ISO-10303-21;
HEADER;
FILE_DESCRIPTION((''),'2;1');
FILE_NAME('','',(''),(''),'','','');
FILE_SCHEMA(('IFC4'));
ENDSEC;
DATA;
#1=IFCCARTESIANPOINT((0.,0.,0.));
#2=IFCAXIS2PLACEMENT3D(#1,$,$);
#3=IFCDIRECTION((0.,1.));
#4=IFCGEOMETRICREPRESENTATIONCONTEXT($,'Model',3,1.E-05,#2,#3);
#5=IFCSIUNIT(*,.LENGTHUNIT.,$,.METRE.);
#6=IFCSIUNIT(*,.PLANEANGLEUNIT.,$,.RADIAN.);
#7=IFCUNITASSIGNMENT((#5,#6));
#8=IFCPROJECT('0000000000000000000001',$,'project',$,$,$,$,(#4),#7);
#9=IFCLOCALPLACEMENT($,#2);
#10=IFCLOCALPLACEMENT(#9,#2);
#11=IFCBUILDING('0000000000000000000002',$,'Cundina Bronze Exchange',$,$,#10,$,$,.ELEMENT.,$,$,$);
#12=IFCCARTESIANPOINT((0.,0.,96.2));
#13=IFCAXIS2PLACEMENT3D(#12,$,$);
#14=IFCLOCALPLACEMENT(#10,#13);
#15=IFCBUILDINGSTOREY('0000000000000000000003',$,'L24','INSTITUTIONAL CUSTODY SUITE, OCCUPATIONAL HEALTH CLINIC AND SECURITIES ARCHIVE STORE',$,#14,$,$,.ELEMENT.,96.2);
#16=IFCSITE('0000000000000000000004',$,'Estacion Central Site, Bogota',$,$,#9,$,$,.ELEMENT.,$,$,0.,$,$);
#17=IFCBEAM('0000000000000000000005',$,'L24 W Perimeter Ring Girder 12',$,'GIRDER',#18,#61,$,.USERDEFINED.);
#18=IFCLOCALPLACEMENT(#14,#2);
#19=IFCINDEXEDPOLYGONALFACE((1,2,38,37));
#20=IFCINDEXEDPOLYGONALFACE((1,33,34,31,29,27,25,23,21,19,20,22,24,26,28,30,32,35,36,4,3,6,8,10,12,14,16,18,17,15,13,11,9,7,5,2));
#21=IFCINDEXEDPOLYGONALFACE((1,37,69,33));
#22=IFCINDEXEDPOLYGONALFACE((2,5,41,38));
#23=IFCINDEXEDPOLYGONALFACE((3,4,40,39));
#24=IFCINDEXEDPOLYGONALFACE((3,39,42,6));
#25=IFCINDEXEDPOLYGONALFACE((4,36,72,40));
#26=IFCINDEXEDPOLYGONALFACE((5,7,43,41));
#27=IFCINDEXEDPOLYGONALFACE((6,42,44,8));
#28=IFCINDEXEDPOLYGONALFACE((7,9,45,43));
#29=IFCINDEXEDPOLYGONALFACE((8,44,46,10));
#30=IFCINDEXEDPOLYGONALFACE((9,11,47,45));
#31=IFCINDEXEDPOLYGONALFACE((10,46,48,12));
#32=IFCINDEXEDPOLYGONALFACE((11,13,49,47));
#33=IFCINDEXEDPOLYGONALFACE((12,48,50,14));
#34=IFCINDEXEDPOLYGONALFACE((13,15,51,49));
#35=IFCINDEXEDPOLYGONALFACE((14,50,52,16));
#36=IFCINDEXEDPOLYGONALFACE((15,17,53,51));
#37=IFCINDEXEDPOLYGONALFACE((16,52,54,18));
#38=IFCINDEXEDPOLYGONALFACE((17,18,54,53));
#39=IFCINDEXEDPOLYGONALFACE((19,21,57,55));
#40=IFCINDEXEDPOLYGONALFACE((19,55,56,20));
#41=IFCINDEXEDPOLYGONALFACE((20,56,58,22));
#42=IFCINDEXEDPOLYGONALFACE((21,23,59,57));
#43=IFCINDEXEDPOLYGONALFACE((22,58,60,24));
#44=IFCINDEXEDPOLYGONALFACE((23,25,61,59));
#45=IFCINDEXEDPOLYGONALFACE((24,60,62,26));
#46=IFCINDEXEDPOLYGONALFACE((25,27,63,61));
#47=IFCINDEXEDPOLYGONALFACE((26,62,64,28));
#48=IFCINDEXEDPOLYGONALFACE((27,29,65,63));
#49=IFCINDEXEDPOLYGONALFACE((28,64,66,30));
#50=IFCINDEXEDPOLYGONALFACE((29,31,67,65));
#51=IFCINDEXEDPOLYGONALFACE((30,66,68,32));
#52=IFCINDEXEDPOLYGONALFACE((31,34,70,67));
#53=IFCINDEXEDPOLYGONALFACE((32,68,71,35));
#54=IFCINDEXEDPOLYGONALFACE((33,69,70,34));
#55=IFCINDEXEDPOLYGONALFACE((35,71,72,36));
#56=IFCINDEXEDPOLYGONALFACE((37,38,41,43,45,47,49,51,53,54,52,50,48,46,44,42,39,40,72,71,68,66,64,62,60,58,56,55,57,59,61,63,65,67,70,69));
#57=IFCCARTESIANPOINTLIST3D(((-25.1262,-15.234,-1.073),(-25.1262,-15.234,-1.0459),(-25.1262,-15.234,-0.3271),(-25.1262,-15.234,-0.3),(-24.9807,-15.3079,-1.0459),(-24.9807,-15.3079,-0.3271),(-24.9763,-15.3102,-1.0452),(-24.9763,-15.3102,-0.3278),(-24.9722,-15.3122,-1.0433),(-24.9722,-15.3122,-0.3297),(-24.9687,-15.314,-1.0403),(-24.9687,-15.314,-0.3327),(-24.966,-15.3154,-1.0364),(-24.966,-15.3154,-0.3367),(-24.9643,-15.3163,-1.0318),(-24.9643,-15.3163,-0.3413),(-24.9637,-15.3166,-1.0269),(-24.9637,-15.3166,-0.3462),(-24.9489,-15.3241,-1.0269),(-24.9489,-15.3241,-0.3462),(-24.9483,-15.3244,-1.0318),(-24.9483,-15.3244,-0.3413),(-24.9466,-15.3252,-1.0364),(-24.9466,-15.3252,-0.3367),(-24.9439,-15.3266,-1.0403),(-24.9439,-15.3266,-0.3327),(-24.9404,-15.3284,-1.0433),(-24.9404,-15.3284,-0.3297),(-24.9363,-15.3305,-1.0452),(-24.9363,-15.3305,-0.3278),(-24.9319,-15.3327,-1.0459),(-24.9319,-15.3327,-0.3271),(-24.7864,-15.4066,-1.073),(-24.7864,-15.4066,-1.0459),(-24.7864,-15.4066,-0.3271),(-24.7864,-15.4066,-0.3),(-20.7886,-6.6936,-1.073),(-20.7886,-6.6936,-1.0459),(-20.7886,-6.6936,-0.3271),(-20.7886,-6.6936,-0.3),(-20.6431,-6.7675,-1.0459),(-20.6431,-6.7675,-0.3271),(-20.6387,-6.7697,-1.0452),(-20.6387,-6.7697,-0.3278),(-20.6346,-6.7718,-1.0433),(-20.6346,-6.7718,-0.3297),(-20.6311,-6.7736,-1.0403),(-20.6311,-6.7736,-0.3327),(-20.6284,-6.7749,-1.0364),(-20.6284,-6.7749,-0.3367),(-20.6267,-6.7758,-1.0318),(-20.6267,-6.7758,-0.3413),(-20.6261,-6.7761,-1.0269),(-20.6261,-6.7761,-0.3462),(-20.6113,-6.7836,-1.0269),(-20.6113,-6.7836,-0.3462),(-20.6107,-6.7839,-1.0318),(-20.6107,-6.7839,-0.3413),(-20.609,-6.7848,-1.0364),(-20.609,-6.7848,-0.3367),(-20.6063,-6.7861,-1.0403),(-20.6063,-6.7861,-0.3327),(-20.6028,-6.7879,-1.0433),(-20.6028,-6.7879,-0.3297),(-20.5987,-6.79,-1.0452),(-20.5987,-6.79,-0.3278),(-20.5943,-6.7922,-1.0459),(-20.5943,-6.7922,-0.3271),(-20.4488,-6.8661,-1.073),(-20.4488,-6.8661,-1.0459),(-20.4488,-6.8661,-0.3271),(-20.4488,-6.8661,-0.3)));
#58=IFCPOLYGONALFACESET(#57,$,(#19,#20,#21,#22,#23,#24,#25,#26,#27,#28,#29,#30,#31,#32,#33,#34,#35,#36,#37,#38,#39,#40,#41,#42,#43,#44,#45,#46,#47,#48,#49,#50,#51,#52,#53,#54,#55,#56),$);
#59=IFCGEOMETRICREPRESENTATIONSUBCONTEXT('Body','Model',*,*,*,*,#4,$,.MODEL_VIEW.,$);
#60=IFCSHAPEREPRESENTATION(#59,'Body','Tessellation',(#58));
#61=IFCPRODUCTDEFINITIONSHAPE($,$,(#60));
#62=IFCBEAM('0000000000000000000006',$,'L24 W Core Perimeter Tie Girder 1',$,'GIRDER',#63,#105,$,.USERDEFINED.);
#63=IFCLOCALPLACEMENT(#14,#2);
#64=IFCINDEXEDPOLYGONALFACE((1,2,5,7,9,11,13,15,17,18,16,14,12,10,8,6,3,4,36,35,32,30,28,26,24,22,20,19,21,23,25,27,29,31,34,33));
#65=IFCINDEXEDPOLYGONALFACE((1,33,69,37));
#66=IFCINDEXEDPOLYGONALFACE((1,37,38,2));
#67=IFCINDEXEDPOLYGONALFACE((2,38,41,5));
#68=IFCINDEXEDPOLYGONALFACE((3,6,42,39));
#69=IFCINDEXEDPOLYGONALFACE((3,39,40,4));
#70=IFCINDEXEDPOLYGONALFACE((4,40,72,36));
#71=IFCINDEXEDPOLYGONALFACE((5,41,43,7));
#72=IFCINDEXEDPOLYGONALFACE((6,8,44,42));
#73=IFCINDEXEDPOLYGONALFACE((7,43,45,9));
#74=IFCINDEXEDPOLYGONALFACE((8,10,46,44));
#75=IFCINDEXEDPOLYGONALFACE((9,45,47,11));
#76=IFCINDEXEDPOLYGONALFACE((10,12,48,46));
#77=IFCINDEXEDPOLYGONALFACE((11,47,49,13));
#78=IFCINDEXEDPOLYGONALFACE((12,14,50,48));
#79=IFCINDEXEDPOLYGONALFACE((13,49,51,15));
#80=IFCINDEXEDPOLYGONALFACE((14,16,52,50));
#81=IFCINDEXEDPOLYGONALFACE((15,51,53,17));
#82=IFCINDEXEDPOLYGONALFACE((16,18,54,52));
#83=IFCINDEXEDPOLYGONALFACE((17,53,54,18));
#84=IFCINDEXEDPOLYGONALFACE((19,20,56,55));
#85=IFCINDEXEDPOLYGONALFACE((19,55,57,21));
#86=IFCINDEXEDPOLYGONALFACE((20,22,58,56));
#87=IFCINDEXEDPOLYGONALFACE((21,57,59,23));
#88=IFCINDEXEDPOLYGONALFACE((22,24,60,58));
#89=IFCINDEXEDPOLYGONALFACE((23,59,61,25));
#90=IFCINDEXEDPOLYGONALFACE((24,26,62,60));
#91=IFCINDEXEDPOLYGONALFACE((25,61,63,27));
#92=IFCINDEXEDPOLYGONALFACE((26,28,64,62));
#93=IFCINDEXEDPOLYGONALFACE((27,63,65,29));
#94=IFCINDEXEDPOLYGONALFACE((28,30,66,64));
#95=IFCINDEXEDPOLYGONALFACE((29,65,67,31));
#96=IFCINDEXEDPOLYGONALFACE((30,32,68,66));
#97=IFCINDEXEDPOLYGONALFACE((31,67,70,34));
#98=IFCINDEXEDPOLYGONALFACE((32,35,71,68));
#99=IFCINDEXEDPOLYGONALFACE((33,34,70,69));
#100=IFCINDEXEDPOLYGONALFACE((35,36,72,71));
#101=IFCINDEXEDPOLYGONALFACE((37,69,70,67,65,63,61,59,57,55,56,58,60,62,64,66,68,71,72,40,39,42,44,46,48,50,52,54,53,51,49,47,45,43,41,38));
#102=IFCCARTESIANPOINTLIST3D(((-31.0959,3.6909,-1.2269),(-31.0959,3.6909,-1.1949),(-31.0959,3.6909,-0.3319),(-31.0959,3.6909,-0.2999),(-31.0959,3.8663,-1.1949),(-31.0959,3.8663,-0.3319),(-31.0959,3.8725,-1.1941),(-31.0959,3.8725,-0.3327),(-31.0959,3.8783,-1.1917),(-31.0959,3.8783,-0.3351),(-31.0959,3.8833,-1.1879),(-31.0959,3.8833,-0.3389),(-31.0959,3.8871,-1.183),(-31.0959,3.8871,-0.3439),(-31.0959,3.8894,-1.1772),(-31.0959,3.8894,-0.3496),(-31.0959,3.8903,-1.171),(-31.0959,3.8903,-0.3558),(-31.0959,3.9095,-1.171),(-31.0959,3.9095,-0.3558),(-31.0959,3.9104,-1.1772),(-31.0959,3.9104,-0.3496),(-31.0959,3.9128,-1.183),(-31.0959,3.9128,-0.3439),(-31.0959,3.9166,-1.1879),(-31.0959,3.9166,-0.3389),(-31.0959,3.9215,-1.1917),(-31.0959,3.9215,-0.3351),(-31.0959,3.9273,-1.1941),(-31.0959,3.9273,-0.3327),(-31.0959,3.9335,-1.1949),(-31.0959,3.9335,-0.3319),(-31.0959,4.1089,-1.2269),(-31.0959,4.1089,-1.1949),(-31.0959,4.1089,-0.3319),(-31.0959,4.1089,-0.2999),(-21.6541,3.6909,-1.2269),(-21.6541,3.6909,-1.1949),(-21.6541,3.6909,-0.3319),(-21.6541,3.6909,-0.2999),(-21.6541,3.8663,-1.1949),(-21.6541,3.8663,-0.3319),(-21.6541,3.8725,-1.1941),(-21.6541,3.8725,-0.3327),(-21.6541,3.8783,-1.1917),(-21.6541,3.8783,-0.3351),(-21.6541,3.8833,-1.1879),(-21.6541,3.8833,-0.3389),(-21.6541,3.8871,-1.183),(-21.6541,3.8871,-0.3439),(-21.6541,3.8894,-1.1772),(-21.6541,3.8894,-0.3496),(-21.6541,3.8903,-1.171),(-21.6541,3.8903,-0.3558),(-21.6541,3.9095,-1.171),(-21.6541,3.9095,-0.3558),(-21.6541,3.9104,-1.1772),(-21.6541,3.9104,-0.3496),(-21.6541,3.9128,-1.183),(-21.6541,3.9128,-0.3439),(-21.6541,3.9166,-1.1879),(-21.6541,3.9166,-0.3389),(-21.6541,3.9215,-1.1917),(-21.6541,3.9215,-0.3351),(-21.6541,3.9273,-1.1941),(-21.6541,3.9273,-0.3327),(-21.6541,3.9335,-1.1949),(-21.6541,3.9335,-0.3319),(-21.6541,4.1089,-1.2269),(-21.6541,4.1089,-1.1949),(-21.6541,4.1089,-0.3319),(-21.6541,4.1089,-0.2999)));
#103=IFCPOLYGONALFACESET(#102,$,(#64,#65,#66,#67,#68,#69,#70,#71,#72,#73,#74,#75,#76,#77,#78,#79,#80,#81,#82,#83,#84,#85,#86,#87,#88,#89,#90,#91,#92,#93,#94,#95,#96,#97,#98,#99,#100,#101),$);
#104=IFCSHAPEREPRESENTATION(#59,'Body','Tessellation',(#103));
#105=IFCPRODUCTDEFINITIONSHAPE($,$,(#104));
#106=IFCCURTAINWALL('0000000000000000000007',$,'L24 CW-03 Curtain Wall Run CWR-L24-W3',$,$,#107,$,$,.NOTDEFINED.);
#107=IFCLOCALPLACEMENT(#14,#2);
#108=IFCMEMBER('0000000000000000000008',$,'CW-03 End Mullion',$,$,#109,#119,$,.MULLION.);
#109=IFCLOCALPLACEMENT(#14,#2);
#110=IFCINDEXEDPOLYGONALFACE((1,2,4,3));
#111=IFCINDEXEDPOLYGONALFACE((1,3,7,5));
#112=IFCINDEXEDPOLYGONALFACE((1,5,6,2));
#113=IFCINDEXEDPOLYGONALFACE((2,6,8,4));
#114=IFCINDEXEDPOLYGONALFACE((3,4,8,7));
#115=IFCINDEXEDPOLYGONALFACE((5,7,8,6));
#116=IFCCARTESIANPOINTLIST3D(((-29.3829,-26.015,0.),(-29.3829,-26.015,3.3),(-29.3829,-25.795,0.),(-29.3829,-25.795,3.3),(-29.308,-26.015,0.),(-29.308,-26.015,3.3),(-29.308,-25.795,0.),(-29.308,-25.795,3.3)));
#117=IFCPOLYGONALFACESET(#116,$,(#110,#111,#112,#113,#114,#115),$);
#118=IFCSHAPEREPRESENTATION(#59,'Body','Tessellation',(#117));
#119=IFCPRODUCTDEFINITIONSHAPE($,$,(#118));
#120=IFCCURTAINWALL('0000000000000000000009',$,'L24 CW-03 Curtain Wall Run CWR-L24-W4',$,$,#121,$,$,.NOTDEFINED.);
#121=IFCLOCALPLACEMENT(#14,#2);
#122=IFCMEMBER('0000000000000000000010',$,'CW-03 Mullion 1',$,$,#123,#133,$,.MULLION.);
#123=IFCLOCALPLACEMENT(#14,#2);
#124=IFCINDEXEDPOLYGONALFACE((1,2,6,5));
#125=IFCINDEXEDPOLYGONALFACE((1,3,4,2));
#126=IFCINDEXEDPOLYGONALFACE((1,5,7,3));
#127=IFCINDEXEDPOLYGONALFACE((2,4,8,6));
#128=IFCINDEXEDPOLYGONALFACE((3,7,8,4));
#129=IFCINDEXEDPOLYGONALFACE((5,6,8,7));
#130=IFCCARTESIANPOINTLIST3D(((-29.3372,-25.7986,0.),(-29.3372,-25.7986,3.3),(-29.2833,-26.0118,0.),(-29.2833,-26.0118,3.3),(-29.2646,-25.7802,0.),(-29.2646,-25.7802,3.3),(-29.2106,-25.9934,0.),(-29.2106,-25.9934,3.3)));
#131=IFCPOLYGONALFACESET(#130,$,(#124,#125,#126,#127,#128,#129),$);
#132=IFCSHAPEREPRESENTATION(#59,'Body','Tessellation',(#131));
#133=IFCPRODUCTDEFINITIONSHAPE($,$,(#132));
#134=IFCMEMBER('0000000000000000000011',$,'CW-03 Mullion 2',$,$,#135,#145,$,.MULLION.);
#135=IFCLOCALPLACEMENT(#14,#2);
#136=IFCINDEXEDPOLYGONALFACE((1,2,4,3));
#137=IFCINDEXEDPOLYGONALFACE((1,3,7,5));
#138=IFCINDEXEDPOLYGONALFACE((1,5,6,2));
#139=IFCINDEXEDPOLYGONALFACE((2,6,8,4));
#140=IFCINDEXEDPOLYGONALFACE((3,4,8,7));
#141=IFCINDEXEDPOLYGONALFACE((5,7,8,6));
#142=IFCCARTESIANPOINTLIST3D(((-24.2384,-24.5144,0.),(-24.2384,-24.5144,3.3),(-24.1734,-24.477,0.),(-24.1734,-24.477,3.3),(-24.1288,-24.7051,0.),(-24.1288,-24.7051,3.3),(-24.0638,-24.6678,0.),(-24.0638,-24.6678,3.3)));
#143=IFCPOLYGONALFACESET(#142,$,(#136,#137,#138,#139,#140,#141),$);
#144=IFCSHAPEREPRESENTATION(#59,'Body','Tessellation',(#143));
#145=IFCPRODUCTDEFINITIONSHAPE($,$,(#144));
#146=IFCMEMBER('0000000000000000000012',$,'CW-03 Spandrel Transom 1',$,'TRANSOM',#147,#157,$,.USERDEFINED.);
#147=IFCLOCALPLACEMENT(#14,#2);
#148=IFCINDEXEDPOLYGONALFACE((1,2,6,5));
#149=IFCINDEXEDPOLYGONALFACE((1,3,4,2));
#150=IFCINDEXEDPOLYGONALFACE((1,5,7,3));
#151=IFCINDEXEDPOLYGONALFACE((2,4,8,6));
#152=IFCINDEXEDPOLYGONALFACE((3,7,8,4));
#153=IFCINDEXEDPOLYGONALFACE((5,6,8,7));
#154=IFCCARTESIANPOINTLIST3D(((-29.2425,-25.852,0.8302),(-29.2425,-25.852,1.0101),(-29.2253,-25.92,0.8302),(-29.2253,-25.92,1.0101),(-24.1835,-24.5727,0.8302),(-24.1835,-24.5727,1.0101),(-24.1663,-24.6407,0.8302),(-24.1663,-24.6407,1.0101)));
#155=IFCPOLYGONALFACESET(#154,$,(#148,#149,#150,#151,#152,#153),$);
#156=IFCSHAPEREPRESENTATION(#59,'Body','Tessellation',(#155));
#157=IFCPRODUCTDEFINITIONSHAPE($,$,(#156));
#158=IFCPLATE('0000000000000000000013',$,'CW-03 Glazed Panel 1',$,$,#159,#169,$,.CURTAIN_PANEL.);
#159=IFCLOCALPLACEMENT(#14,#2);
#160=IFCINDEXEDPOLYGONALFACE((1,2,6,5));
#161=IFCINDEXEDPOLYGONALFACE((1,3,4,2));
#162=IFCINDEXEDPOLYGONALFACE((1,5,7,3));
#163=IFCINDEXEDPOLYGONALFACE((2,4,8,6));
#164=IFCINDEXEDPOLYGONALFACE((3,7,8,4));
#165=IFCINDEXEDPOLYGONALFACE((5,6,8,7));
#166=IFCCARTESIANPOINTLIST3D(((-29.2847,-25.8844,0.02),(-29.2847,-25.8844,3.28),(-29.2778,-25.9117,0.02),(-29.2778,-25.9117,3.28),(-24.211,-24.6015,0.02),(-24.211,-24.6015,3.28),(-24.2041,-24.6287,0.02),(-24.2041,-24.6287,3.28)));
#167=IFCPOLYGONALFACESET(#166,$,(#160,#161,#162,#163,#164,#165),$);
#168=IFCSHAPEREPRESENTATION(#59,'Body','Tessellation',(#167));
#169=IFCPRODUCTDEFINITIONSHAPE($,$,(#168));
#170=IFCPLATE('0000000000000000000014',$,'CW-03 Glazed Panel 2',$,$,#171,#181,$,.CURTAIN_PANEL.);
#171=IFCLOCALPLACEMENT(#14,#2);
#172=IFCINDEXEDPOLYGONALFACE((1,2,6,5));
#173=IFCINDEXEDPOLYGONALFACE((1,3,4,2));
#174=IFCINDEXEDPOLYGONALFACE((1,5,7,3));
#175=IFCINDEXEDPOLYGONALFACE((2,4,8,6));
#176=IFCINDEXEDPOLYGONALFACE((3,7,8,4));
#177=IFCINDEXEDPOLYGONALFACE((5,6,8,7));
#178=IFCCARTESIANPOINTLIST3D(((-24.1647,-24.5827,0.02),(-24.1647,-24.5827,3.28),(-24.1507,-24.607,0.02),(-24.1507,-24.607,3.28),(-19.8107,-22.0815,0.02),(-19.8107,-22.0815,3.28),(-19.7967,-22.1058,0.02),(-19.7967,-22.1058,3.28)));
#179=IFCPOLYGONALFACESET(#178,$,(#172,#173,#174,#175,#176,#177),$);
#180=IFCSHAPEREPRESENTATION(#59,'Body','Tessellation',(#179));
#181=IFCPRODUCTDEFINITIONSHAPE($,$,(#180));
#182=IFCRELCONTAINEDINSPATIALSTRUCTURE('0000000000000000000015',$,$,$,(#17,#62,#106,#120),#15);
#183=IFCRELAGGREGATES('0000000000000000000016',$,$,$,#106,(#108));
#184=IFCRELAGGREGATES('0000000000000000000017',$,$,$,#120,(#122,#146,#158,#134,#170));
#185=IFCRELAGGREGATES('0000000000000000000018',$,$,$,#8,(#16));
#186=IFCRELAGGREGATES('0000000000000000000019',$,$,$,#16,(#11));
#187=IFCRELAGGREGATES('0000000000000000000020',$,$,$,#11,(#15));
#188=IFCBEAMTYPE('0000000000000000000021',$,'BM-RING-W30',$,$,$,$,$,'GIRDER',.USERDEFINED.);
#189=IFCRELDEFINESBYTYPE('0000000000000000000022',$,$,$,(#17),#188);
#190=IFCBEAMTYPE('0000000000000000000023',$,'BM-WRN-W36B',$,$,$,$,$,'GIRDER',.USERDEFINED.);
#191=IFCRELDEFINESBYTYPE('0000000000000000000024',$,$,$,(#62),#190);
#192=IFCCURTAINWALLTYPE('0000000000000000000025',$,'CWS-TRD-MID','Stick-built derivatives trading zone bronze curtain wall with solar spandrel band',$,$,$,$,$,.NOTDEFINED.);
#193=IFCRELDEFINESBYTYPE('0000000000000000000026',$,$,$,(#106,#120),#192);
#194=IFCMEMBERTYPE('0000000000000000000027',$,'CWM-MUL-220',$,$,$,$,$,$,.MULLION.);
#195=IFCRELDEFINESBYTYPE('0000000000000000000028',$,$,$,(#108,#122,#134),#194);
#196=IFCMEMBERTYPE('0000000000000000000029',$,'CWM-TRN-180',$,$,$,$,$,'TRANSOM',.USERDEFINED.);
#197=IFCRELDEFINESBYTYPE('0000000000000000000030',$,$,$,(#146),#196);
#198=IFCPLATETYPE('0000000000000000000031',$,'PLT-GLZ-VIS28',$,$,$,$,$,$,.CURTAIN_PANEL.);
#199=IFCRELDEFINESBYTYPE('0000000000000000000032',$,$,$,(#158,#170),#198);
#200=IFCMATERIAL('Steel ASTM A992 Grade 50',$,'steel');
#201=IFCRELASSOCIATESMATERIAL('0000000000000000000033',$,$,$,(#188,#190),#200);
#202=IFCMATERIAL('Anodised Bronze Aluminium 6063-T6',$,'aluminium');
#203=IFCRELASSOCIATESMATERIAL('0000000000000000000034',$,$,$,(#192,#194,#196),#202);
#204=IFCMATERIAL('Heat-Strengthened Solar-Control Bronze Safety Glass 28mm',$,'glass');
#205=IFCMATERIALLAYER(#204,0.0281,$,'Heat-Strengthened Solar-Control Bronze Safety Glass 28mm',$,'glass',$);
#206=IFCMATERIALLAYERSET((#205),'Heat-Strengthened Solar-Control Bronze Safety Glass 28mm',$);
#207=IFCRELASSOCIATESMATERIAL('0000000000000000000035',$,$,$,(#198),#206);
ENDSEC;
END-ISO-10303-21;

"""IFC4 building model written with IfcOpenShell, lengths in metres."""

from ifc_helpers import new_model, si_unit, direction, frame, origin, origin_2d, place, context, subcontext, project, spatial, rectangle, i_section, extrude, material, layer, layer_set, material_profile, profile_set, type_object, element, aggregate, save


model = new_model("IFC4")

# Units and contexts
model_context = context("Model", 3, precision=1e-05, world=origin(), true_north=direction((0.0, 1.0)))
body_context = subcontext(model_context, "Body", "Model", "MODEL_VIEW")
ifc_project = project(units=[si_unit("LENGTHUNIT", "METRE"), si_unit("PLANEANGLEUNIT", "RADIAN")], contexts=[model_context])

# Site, building, storey
site_placement = place(None, origin())
site = spatial("IfcSite", under=ifc_project, at=site_placement, Name="Estacion Central Site, Bogota", CompositionType="ELEMENT", RefElevation=0.0)
building_placement = place(site_placement, origin())
building = spatial("IfcBuilding", under=site, at=building_placement, Name="Cundina Bronze Exchange", CompositionType="ELEMENT")
storey_placement = place(building_placement, frame((0.0, 0.0, 96.2)))
storey = spatial("IfcBuildingStorey", under=building, at=storey_placement, Name="L24", Description="INSTITUTIONAL CUSTODY SUITE, OCCUPATIONAL HEALTH CLINIC AND SECURITIES ARCHIVE STORE", CompositionType="ELEMENT", Elevation=96.2)

# Shared definitions
ifc_material_1 = material(Name="Steel ASTM A992 Grade 50", Category="steel")

# Beams
ifc_material_profile_1 = material_profile(ifc_material_1, i_section(OverallWidth=0.3811, OverallDepth=0.7729, WebThickness=0.0166, FlangeThickness=0.0271, FilletRadius=0.019, at=origin_2d()), Name="W30X173", Category="steel")
ifc_profile_set_1 = profile_set([ifc_material_profile_1], Name="Steel ASTM A992 Grade 50")
beam_type_1 = type_object("IfcBeamType", Name="BM-RING-W30", ElementType="GIRDER", PredefinedType="USERDEFINED", material=ifc_profile_set_1)
beam_1_placement = place(storey_placement, frame((-24.9563, -15.3203, -0.6865), z_axis=(0.452832, 0.891596, 0.0), x_axis=(-0.891596, 0.452832, 0.0)))
element("IfcBeam", 1, at=beam_1_placement, inside=storey, type_object=beam_type_1, Name="L24 W Perimeter Ring Girder 12", ObjectType="GIRDER", PredefinedType="USERDEFINED", context=body_context, shape_type="SweptSolid", body=[
    extrude(i_section(OverallWidth=0.3811, OverallDepth=0.7729, WebThickness=0.0166, FlangeThickness=0.0271, FilletRadius=0.019, at=origin_2d()), origin(), (0.0, 0.0, 1.0), 9.5789),
])
ifc_material_profile_2 = material_profile(ifc_material_1, i_section(OverallWidth=0.418, OverallDepth=0.927, WebThickness=0.0193, FlangeThickness=0.032, FilletRadius=0.0239, at=origin_2d()), Name="W36X231", Category="steel")
ifc_profile_set_2 = profile_set([ifc_material_profile_2], Name="Steel ASTM A992 Grade 50")
beam_type_2 = type_object("IfcBeamType", Name="BM-WRN-W36B", ElementType="GIRDER", PredefinedType="USERDEFINED", material=ifc_profile_set_2)
beam_2_placement = place(storey_placement, frame((-31.0959, 3.8999, -0.7634), z_axis=(1.0, 0.0, 0.0), x_axis=(0.0, 1.0, 0.0)))
element("IfcBeam", 2, at=beam_2_placement, inside=storey, type_object=beam_type_2, Name="L24 W Core Perimeter Tie Girder 1", ObjectType="GIRDER", PredefinedType="USERDEFINED", context=body_context, shape_type="SweptSolid", body=[
    extrude(i_section(OverallWidth=0.418, OverallDepth=0.927, WebThickness=0.0193, FlangeThickness=0.032, FilletRadius=0.0239, at=origin_2d()), origin(), (0.0, 0.0, 1.0), 9.4419),
])

# Curtain wall, member
ifc_material_2 = material(Name="Anodised Bronze Aluminium 6063-T6", Category="aluminium")
curtain_wall_type = type_object("IfcCurtainWallType", Name="CWS-TRD-MID", Description="Stick-built derivatives trading zone bronze curtain wall with solar spandrel band", PredefinedType="NOTDEFINED", material=ifc_material_2)
curtain_wall_1_placement = place(storey_placement, origin())
curtain_wall_1 = element("IfcCurtainWall", 3, at=curtain_wall_1_placement, inside=storey, type_object=curtain_wall_type, Name="L24 CW-03 Curtain Wall Run CWR-L24-W3", PredefinedType="NOTDEFINED")
ifc_material_profile_3 = material_profile(ifc_material_2, rectangle(XDim=0.075, YDim=0.22, at=origin_2d()), Name="AL75X220", Category="aluminium")
ifc_profile_set_3 = profile_set([ifc_material_profile_3], Name="Anodised Bronze Aluminium 6063-T6")
member_type_1 = type_object("IfcMemberType", Name="CWM-MUL-220", PredefinedType="MULLION", material=ifc_profile_set_3)
member_1_placement = place(storey_placement, frame((-29.3455, -25.905, 0.0), z_axis=(0.0, 0.0, 1.0), x_axis=(1.0, 0.0, 0.0)))
member_1 = element("IfcMember", 4, at=member_1_placement, type_object=member_type_1, Name="CW-03 End Mullion", PredefinedType="MULLION", context=body_context, shape_type="SweptSolid", body=[
    extrude(rectangle(XDim=0.075, YDim=0.22, at=origin_2d()), origin(), (0.0, 0.0, 1.0), 3.3),
])
aggregate(curtain_wall_1, [member_1])

# Curtain wall, members, plates
curtain_wall_2_placement = place(storey_placement, origin())
curtain_wall_2 = element("IfcCurtainWall", 5, at=curtain_wall_2_placement, inside=storey, type_object=curtain_wall_type, Name="L24 CW-03 Curtain Wall Run CWR-L24-W4", PredefinedType="NOTDEFINED")
member_2_placement = place(storey_placement, frame((-29.2739, -25.896, 0.0), z_axis=(0.0, 0.0, 1.0), x_axis=(0.969488, 0.245138, 0.0)))
member_2 = element("IfcMember", 6, at=member_2_placement, type_object=member_type_1, Name="CW-03 Mullion 1", PredefinedType="MULLION", context=body_context, shape_type="SweptSolid", body=[
    extrude(rectangle(XDim=0.075, YDim=0.22, at=origin_2d()), origin(), (0.0, 0.0, 1.0), 3.3),
])
member_3_placement = place(storey_placement, frame((-24.1511, -24.5911, 0.0), z_axis=(0.0, 0.0, 1.0), x_axis=(0.867071, 0.498185, 0.0)))
member_3 = element("IfcMember", 7, at=member_3_placement, type_object=member_type_1, Name="CW-03 Mullion 2", PredefinedType="MULLION", context=body_context, shape_type="SweptSolid", body=[
    extrude(rectangle(XDim=0.075, YDim=0.22, at=origin_2d()), origin(), (0.0, 0.0, 1.0), 3.3),
])
ifc_material_profile_4 = material_profile(ifc_material_2, rectangle(XDim=0.0701, YDim=0.1799, at=origin_2d()), Name="AL70X180", Category="aluminium")
ifc_profile_set_4 = profile_set([ifc_material_profile_4], Name="Anodised Bronze Aluminium 6063-T6")
member_type_2 = type_object("IfcMemberType", Name="CWM-TRN-180", ElementType="TRANSOM", PredefinedType="USERDEFINED", material=ifc_profile_set_4)
member_4_placement = place(storey_placement, frame((-29.2339, -25.886, 0.9202), z_axis=(0.969484, 0.245155, 0.0), x_axis=(-0.245155, 0.969484, 0.0)))
member_4 = element("IfcMember", 8, at=member_4_placement, type_object=member_type_2, Name="CW-03 Spandrel Transom 1", ObjectType="TRANSOM", PredefinedType="USERDEFINED", context=body_context, shape_type="SweptSolid", body=[
    extrude(rectangle(XDim=0.0701, YDim=0.1799, at=origin_2d()), origin(), (0.0, 0.0, 1.0), 5.2183),
])
ifc_material_3 = material(Name="Heat-Strengthened Solar-Control Bronze Safety Glass 28mm", Category="glass")
ifc_layer_1 = layer(ifc_material_3, 0.0281, Name="Heat-Strengthened Solar-Control Bronze Safety Glass 28mm", Category="glass")
ifc_layer_set_1 = layer_set([ifc_layer_1], Name="Heat-Strengthened Solar-Control Bronze Safety Glass 28mm")
plate_type = type_object("IfcPlateType", Name="PLT-GLZ-VIS28", PredefinedType="CURTAIN_PANEL", material=ifc_layer_set_1)
plate_1_placement = place(storey_placement, frame((-26.7444, -25.2566, 0.02), z_axis=(0.0, 0.0, 1.0), x_axis=(0.969488, 0.245138, 0.0)))
plate_1 = element("IfcPlate", 9, at=plate_1_placement, type_object=plate_type, Name="CW-03 Glazed Panel 1", PredefinedType="CURTAIN_PANEL", context=body_context, shape_type="SweptSolid", body=[
    extrude(rectangle(XDim=5.2334, YDim=0.0281, at=origin_2d()), origin(), (0.0, 0.0, 1.0), 3.26),
])
plate_2_placement = place(storey_placement, frame((-21.9807, -23.3442, 0.02), z_axis=(0.0, 0.0, 1.0), x_axis=(0.867105, 0.498125, 0.0)))
plate_2 = element("IfcPlate", 10, at=plate_2_placement, type_object=plate_type, Name="CW-03 Glazed Panel 2", PredefinedType="CURTAIN_PANEL", context=body_context, shape_type="SweptSolid", body=[
    extrude(rectangle(XDim=5.0212, YDim=0.0281, at=origin_2d()), origin(), (0.0, 0.0, 1.0), 3.26),
])
aggregate(curtain_wall_2, [member_2, member_4, plate_1, member_3, plate_2])

save(model, "model.ifc")
